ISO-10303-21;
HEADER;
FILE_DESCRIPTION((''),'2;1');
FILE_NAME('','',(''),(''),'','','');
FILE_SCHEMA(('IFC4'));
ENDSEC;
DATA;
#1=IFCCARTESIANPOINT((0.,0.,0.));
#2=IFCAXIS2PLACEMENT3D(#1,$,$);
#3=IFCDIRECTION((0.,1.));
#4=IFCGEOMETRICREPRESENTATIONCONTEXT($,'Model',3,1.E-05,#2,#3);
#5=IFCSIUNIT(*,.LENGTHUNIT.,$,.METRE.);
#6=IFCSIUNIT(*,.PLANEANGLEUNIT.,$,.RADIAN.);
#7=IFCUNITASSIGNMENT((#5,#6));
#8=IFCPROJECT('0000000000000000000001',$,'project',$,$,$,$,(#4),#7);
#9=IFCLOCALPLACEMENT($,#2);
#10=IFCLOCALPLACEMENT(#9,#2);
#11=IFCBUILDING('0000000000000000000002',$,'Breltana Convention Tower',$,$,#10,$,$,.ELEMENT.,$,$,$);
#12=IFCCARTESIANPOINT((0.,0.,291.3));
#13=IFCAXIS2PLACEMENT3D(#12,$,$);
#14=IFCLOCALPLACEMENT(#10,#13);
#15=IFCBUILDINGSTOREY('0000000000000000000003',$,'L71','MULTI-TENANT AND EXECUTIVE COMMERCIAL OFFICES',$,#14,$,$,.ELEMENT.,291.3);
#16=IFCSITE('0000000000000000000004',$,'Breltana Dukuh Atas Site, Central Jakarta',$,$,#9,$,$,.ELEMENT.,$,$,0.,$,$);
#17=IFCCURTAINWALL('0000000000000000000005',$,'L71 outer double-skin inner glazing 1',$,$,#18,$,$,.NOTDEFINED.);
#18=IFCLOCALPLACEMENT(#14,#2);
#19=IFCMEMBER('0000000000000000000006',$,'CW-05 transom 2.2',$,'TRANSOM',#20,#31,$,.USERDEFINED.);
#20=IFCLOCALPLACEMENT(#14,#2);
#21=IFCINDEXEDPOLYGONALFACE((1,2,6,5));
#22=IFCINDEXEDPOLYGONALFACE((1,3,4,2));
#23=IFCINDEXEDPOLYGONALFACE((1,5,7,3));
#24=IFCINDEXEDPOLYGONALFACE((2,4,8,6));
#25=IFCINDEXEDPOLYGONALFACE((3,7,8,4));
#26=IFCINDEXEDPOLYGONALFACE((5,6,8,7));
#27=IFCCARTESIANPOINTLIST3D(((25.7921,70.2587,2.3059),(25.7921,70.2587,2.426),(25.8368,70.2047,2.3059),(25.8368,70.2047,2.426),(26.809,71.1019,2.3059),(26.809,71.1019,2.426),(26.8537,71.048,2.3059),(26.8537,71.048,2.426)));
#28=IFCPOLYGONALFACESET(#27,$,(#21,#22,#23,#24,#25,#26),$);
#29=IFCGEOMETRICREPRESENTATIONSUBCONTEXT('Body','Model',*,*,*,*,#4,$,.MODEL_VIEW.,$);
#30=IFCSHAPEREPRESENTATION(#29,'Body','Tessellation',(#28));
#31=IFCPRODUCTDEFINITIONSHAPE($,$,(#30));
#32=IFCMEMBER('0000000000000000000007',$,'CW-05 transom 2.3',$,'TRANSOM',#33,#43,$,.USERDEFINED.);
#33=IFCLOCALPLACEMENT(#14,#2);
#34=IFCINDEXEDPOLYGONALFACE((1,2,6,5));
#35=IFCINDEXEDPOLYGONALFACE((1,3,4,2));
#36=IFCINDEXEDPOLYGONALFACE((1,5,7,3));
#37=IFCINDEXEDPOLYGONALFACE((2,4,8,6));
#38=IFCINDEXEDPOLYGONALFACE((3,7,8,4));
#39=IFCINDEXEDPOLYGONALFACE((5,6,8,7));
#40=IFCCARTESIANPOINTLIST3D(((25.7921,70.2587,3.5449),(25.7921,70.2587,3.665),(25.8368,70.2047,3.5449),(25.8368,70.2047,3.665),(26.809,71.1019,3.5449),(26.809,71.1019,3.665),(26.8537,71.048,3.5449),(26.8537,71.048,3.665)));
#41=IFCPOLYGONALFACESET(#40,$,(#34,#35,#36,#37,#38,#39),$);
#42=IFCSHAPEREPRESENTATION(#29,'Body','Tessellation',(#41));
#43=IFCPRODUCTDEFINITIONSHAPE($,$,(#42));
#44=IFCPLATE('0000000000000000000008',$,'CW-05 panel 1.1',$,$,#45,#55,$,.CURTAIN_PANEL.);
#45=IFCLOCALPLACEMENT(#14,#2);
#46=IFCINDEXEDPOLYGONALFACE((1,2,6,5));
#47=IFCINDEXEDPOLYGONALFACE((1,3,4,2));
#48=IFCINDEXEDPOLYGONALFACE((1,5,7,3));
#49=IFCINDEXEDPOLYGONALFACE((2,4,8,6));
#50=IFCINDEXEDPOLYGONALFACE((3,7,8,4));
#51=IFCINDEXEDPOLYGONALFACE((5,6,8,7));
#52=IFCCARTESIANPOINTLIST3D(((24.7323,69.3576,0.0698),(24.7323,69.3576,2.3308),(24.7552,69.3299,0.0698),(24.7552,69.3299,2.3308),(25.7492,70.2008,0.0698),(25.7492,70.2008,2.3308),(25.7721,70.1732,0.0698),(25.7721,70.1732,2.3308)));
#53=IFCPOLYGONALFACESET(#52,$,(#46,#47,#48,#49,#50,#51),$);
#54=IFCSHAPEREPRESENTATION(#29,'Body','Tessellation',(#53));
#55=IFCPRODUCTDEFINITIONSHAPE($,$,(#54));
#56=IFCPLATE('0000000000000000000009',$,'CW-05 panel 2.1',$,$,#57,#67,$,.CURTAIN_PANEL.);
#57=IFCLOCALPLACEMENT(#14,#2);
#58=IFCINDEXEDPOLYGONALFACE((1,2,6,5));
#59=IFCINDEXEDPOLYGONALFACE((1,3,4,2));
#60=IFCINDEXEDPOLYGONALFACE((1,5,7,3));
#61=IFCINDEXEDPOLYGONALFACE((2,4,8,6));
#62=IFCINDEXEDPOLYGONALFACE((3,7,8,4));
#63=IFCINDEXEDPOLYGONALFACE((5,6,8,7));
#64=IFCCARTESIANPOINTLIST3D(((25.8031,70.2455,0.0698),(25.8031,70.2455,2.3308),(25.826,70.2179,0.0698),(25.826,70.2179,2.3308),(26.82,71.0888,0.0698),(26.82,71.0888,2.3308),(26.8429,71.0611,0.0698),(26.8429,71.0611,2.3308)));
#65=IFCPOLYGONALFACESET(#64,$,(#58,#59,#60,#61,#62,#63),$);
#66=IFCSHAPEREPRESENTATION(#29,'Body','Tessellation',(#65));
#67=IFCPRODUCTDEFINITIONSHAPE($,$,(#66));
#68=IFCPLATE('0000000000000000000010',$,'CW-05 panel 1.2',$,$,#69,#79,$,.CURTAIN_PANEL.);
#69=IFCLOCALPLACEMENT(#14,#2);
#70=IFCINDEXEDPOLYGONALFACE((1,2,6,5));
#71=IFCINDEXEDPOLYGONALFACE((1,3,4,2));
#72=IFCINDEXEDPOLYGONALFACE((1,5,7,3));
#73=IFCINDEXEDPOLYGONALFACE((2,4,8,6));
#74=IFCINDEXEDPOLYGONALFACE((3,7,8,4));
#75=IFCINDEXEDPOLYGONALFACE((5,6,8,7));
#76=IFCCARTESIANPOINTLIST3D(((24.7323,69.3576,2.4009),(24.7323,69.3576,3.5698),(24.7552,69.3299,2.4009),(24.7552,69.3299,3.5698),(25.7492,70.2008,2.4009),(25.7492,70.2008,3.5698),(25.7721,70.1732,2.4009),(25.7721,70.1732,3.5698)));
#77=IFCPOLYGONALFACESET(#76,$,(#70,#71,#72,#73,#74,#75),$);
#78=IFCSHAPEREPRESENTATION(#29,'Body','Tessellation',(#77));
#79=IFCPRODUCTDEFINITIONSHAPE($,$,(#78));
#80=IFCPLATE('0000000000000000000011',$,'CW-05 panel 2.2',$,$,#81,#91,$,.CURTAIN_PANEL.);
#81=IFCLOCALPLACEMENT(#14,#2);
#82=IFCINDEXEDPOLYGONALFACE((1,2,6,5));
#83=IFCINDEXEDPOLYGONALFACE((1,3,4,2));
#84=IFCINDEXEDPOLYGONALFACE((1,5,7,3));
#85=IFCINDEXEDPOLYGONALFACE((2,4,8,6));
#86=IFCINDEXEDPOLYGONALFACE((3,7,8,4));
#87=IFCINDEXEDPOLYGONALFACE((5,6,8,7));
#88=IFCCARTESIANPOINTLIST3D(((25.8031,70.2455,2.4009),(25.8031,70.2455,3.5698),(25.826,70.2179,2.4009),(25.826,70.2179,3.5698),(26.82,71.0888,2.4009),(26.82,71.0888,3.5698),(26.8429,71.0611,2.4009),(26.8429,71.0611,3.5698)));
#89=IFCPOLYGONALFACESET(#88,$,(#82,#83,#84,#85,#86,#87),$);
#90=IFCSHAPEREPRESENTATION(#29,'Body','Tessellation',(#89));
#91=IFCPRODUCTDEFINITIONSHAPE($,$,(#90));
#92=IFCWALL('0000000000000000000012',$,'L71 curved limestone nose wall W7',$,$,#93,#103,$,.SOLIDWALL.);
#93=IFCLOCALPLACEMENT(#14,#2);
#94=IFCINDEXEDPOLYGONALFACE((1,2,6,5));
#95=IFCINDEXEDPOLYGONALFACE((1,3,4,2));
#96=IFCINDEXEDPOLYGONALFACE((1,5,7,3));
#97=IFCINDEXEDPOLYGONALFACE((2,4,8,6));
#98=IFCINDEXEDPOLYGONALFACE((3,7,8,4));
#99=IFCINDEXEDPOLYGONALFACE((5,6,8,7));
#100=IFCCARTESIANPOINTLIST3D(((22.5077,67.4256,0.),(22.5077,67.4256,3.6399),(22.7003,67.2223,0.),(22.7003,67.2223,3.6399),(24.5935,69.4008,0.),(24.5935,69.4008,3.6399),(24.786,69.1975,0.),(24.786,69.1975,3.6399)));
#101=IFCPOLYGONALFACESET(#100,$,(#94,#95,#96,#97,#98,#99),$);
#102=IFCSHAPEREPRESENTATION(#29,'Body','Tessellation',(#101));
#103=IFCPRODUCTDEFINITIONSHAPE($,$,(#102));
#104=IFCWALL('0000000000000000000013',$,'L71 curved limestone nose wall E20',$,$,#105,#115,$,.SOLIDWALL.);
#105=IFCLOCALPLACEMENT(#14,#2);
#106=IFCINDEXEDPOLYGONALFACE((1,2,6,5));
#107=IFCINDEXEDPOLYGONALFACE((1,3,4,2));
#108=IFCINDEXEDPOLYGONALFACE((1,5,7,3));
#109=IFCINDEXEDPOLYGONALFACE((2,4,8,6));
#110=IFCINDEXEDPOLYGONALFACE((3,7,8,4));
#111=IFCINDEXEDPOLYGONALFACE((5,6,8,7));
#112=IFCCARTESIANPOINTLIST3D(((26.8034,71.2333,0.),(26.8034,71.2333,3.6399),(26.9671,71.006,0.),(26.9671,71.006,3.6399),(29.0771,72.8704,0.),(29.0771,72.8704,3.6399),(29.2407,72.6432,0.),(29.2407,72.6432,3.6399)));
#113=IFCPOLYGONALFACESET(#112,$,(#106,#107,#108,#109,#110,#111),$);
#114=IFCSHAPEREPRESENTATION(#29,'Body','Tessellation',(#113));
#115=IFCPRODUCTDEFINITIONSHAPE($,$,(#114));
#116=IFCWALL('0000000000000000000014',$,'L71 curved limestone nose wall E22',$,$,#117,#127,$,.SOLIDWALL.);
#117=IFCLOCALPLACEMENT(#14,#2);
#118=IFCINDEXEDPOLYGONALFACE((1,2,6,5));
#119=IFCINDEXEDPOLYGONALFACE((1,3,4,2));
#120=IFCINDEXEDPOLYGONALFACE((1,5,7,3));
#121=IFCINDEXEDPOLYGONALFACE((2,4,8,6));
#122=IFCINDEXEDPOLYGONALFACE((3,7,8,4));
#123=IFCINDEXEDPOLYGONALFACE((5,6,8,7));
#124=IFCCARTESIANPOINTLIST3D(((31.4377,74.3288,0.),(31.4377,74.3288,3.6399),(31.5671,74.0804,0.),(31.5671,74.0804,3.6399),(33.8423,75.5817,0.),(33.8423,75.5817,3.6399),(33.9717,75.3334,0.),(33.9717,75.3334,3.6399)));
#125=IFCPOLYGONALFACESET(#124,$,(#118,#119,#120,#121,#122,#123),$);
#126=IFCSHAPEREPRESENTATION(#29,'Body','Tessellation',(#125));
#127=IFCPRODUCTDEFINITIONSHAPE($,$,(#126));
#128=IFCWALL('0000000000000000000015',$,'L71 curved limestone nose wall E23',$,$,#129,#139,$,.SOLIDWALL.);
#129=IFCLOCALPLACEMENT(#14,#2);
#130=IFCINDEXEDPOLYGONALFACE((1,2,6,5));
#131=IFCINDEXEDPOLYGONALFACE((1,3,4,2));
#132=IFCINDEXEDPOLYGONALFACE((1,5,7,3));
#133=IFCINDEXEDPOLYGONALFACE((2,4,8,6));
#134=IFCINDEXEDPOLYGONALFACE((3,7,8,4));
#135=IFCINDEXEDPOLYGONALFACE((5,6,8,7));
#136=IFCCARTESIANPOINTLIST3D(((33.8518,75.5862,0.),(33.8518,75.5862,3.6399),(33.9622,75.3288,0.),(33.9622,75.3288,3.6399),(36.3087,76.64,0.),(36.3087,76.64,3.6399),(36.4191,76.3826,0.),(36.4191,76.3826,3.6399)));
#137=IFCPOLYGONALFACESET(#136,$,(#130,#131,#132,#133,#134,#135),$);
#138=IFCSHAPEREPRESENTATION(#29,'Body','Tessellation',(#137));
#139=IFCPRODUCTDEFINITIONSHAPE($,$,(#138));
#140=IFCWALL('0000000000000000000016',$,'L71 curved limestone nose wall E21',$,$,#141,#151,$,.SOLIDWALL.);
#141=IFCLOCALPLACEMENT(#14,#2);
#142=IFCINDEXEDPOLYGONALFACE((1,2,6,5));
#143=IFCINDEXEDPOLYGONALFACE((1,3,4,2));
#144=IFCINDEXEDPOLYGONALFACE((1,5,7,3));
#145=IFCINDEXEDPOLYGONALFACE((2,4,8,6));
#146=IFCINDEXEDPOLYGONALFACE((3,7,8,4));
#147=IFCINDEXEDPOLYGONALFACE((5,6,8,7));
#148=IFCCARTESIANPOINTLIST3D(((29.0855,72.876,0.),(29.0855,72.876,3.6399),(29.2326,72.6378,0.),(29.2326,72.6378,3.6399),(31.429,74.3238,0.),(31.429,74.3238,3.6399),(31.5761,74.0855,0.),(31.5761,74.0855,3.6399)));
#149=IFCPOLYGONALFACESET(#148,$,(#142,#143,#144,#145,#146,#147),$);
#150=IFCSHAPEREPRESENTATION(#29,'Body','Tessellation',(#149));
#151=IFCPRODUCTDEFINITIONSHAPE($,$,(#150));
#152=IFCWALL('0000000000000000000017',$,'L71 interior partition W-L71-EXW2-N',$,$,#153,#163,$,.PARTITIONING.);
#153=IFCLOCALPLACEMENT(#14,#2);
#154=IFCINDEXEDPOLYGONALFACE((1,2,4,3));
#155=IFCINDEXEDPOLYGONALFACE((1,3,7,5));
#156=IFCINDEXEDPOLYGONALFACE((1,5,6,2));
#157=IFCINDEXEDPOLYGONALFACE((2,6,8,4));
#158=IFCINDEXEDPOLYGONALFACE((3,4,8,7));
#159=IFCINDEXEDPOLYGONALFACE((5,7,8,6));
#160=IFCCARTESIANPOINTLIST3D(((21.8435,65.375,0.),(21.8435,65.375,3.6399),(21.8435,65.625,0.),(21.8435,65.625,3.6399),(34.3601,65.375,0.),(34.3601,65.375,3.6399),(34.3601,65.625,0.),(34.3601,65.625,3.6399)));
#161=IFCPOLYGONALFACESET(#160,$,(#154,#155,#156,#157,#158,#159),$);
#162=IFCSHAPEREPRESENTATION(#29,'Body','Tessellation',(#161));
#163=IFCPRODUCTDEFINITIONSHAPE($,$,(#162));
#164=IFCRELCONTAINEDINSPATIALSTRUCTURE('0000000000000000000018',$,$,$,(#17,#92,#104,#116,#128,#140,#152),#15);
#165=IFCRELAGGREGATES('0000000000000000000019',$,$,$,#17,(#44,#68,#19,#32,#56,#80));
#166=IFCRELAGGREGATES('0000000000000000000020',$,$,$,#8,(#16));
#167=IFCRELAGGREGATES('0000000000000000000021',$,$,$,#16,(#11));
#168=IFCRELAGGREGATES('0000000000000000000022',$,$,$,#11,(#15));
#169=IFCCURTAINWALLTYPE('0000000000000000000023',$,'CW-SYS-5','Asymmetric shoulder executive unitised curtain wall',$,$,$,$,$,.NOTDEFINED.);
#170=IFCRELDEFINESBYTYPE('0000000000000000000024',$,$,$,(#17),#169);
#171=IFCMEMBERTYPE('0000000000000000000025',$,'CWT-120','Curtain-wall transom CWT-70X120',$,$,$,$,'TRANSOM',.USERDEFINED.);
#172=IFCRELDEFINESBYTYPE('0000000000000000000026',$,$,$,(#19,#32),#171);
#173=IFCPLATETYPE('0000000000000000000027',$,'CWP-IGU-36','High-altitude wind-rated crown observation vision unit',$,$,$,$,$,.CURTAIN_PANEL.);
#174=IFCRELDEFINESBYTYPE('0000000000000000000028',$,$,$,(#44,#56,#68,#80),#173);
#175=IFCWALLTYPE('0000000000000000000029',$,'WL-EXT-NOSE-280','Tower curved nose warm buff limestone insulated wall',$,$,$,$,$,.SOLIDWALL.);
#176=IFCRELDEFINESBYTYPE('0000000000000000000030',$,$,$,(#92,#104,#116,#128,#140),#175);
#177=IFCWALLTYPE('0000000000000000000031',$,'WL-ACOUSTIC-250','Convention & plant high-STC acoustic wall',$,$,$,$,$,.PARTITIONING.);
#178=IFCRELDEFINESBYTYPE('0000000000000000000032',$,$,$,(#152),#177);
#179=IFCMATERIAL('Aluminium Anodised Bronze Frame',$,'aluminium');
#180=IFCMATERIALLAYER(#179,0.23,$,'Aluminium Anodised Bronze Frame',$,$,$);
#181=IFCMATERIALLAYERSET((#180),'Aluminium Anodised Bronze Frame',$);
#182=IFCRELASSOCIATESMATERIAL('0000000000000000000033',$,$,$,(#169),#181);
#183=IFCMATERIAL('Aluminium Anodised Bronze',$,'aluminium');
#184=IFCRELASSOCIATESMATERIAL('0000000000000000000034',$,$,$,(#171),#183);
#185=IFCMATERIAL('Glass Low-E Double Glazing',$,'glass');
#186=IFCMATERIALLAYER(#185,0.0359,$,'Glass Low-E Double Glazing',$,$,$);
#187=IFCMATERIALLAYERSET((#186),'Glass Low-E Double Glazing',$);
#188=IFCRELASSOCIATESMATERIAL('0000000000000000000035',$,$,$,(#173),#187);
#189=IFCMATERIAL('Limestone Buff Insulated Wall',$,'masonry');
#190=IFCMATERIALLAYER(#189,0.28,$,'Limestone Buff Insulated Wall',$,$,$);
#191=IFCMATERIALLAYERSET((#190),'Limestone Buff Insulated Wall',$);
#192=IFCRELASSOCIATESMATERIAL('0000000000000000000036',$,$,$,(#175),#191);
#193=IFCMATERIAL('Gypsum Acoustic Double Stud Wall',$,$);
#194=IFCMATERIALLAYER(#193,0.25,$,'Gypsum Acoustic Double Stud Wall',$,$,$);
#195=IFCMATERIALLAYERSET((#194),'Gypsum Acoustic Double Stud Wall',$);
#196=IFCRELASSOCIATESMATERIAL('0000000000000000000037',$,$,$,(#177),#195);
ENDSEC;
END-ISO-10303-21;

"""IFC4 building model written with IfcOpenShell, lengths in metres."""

from ifc_helpers import new_model, si_unit, direction, frame, frame_2d, origin, origin_2d, place, context, subcontext, project, spatial, rectangle, extrude, source, transform, mapped, material, layer, layer_set, material_profile, profile_set, type_object, element, aggregate, save


model = new_model("IFC4")

# Units and contexts
model_context = context("Model", 3, precision=1e-05, world=origin(), true_north=direction((0.0, 1.0)))
body_context = subcontext(model_context, "Body", "Model", "MODEL_VIEW")
ifc_project = project(units=[si_unit("LENGTHUNIT", "METRE"), si_unit("PLANEANGLEUNIT", "RADIAN")], contexts=[model_context])

# Site, building, storey
site_placement = place(None, origin())
site = spatial("IfcSite", under=ifc_project, at=site_placement, Name="Breltana Dukuh Atas Site, Central Jakarta", CompositionType="ELEMENT", RefElevation=0.0)
building_placement = place(site_placement, origin())
building = spatial("IfcBuilding", under=site, at=building_placement, Name="Breltana Convention Tower", CompositionType="ELEMENT")
storey_placement = place(building_placement, frame((0.0, 0.0, 291.3)))
storey = spatial("IfcBuildingStorey", under=building, at=storey_placement, Name="L71", Description="MULTI-TENANT AND EXECUTIVE COMMERCIAL OFFICES", CompositionType="ELEMENT", Elevation=291.3)

# Curtain wall
ifc_material_1 = material(Name="Aluminium Anodised Bronze Frame", Category="aluminium")
ifc_layer_1 = layer(ifc_material_1, 0.23, Name="Aluminium Anodised Bronze Frame")
ifc_layer_set_1 = layer_set([ifc_layer_1], Name="Aluminium Anodised Bronze Frame")
curtain_wall_type = type_object("IfcCurtainWallType", Name="CW-SYS-5", Description="Asymmetric shoulder executive unitised curtain wall", PredefinedType="NOTDEFINED", material=ifc_layer_set_1)
curtain_wall_1_placement = place(storey_placement, origin())
curtain_wall_1 = element("IfcCurtainWall", 1, at=curtain_wall_1_placement, inside=storey, type_object=curtain_wall_type, Name="L71 outer double-skin inner glazing 1", PredefinedType="NOTDEFINED")
ifc_material_2 = material(Name="Aluminium Anodised Bronze", Category="aluminium")

# Members
ifc_material_profile_1 = material_profile(ifc_material_2, rectangle(XDim=0.0701, YDim=0.1201, at=origin_2d()), Name="CWT-70X120")
ifc_profile_set_1 = profile_set([ifc_material_profile_1], Name="Aluminium Anodised Bronze")
member_type_1 = type_object("IfcMemberType", Name="CWT-120", Description="Curtain-wall transom CWT-70X120", ElementType="TRANSOM", PredefinedType="USERDEFINED", material=ifc_profile_set_1)
shared_shape_1 = source(origin(), body_context, "Body", "SweptSolid", [
    extrude(rectangle(XDim=0.0701, YDim=0.1201, at=origin_2d()), origin(), (0.0, 0.0, 1.0), 1.321),
])
member_1_placement = place(storey_placement, frame((25.8145, 70.2317, 2.366), z_axis=(0.769749, 0.638347, 0.0), x_axis=(-0.638347, 0.769749, 0.0)))
member_1 = element("IfcMember", 2, at=member_1_placement, type_object=member_type_1, Name="CW-05 transom 2.2", ObjectType="TRANSOM", PredefinedType="USERDEFINED", context=body_context, shape_type="MappedRepresentation", body=[
    mapped(shared_shape_1, transform((0.0, 0.0, 0.0), scale=1.0)),
])
member_2_placement = place(storey_placement, frame((25.8145, 70.2317, 3.605), z_axis=(0.769749, 0.638347, 0.0), x_axis=(-0.638347, 0.769749, 0.0)))
member_2 = element("IfcMember", 3, at=member_2_placement, type_object=member_type_1, Name="CW-05 transom 2.3", ObjectType="TRANSOM", PredefinedType="USERDEFINED", context=body_context, shape_type="MappedRepresentation", body=[
    mapped(shared_shape_1, transform((0.0, 0.0, 0.0), scale=1.0)),
])

# Plates
ifc_material_3 = material(Name="Glass Low-E Double Glazing", Category="glass")
ifc_layer_2 = layer(ifc_material_3, 0.0359, Name="Glass Low-E Double Glazing")
ifc_layer_set_2 = layer_set([ifc_layer_2], Name="Glass Low-E Double Glazing")
plate_type = type_object("IfcPlateType", Name="CWP-IGU-36", Description="High-altitude wind-rated crown observation vision unit", PredefinedType="CURTAIN_PANEL", material=ifc_layer_set_2)
shared_shape_2 = source(origin(), body_context, "Body", "SweptSolid", [
    extrude(rectangle(XDim=1.321, YDim=0.0359, at=origin_2d()), origin(), (0.0, 0.0, 1.0), 2.261),
])
plate_1_placement = place(storey_placement, frame((25.2522, 69.7654, 0.0698), z_axis=(0.0, 0.0, 1.0), x_axis=(0.769771, 0.63832, 0.0)))
plate_1 = element("IfcPlate", 4, at=plate_1_placement, type_object=plate_type, Name="CW-05 panel 1.1", PredefinedType="CURTAIN_PANEL", context=body_context, shape_type="MappedRepresentation", body=[
    mapped(shared_shape_2, transform((0.0, 0.0, 0.0), scale=1.0)),
])
plate_2_placement = place(storey_placement, frame((26.323, 70.6533, 0.0698), z_axis=(0.0, 0.0, 1.0), x_axis=(0.769771, 0.63832, 0.0)))
plate_2 = element("IfcPlate", 5, at=plate_2_placement, type_object=plate_type, Name="CW-05 panel 2.1", PredefinedType="CURTAIN_PANEL", context=body_context, shape_type="MappedRepresentation", body=[
    mapped(shared_shape_2, transform((0.0, 0.0, 0.0), scale=1.0)),
])
shared_shape_3 = source(origin(), body_context, "Body", "SweptSolid", [
    extrude(rectangle(XDim=1.321, YDim=0.0359, at=origin_2d()), origin(), (0.0, 0.0, 1.0), 1.1689),
])
plate_3_placement = place(storey_placement, frame((25.2522, 69.7654, 2.4009), z_axis=(0.0, 0.0, 1.0), x_axis=(0.769771, 0.63832, 0.0)))
plate_3 = element("IfcPlate", 6, at=plate_3_placement, type_object=plate_type, Name="CW-05 panel 1.2", PredefinedType="CURTAIN_PANEL", context=body_context, shape_type="MappedRepresentation", body=[
    mapped(shared_shape_3, transform((0.0, 0.0, 0.0), scale=1.0)),
])
plate_4_placement = place(storey_placement, frame((26.323, 70.6533, 2.4009), z_axis=(0.0, 0.0, 1.0), x_axis=(0.769771, 0.63832, 0.0)))
plate_4 = element("IfcPlate", 7, at=plate_4_placement, type_object=plate_type, Name="CW-05 panel 2.2", PredefinedType="CURTAIN_PANEL", context=body_context, shape_type="MappedRepresentation", body=[
    mapped(shared_shape_3, transform((0.0, 0.0, 0.0), scale=1.0)),
])
aggregate(curtain_wall_1, [plate_1, plate_3, member_1, member_2, plate_2, plate_4])

# Walls
ifc_material_4 = material(Name="Limestone Buff Insulated Wall", Category="masonry")
ifc_layer_3 = layer(ifc_material_4, 0.28, Name="Limestone Buff Insulated Wall")
ifc_layer_set_3 = layer_set([ifc_layer_3], Name="Limestone Buff Insulated Wall")
wall_type_1 = type_object("IfcWallType", Name="WL-EXT-NOSE-280", Description="Tower curved nose warm buff limestone insulated wall", PredefinedType="SOLIDWALL", material=ifc_layer_set_3)
shared_shape_4 = source(origin(), body_context, "Body", "SweptSolid", [
    extrude(rectangle(XDim=2.8726, YDim=0.28, at=frame_2d((1.4363, 0.0))), origin(), (0.0, 0.0, 1.0), 3.6399),
])
wall_1_placement = place(storey_placement, frame((22.604, 67.324, 0.0), z_axis=(0.0, 0.0, 1.0), x_axis=(0.726096, 0.687594, 0.0)))
element("IfcWall", 8, at=wall_1_placement, inside=storey, type_object=wall_type_1, Name="L71 curved limestone nose wall W7", PredefinedType="SOLIDWALL", context=body_context, shape_type="MappedRepresentation", body=[
    mapped(shared_shape_4, transform((0.0, 0.0, 0.0), scale=1.0)),
])
shared_shape_5 = source(origin(), body_context, "Body", "SweptSolid", [
    extrude(rectangle(XDim=2.8018, YDim=0.28, at=frame_2d((1.4009, 0.0))), origin(), (0.0, 0.0, 1.0), 3.6399),
])
wall_2_placement = place(storey_placement, frame((26.8853, 71.1196, 0.0), z_axis=(0.0, 0.0, 1.0), x_axis=(0.811508, 0.584341, 0.0)))
element("IfcWall", 9, at=wall_2_placement, inside=storey, type_object=wall_type_1, Name="L71 curved limestone nose wall E20", PredefinedType="SOLIDWALL", context=body_context, shape_type="MappedRepresentation", body=[
    mapped(shared_shape_5, transform((0.0, 0.0, 0.0), scale=1.0)),
])
shared_shape_6 = source(origin(), body_context, "Body", "SweptSolid", [
    extrude(rectangle(XDim=2.7114, YDim=0.28, at=frame_2d((1.3557, 0.0))), origin(), (0.0, 0.0, 1.0), 3.6399),
])
wall_3_placement = place(storey_placement, frame((31.5024, 74.2046, 0.0), z_axis=(0.0, 0.0, 1.0), x_axis=(0.886829, 0.462098, 0.0)))
element("IfcWall", 10, at=wall_3_placement, inside=storey, type_object=wall_type_1, Name="L71 curved limestone nose wall E22", PredefinedType="SOLIDWALL", context=body_context, shape_type="MappedRepresentation", body=[
    mapped(shared_shape_6, transform((0.0, 0.0, 0.0), scale=1.0)),
])
shared_shape_7 = source(origin(), body_context, "Body", "SweptSolid", [
    extrude(rectangle(XDim=2.6733, YDim=0.28, at=frame_2d((1.3367, 0.0))), origin(), (0.0, 0.0, 1.0), 3.6399),
])
wall_4_placement = place(storey_placement, frame((33.907, 75.4575, 0.0), z_axis=(0.0, 0.0, 1.0), x_axis=(0.919036, 0.394173, 0.0)))
element("IfcWall", 11, at=wall_4_placement, inside=storey, type_object=wall_type_1, Name="L71 curved limestone nose wall E23", PredefinedType="SOLIDWALL", context=body_context, shape_type="MappedRepresentation", body=[
    mapped(shared_shape_7, transform((0.0, 0.0, 0.0), scale=1.0)),
])
shared_shape_8 = source(origin(), body_context, "Body", "SweptSolid", [
    extrude(rectangle(XDim=2.7546, YDim=0.28, at=frame_2d((1.3774, 0.0))), origin(), (0.0, 0.0, 1.0), 3.6399),
])
wall_5_placement = place(storey_placement, frame((29.1589, 72.7568, 0.0), z_axis=(0.0, 0.0, 1.0), x_axis=(0.85075, 0.52557, 0.0)))
element("IfcWall", 12, at=wall_5_placement, inside=storey, type_object=wall_type_1, Name="L71 curved limestone nose wall E21", PredefinedType="SOLIDWALL", context=body_context, shape_type="MappedRepresentation", body=[
    mapped(shared_shape_8, transform((0.0, 0.0, 0.0), scale=1.0)),
])
ifc_material_5 = material(Name="Gypsum Acoustic Double Stud Wall")
ifc_layer_4 = layer(ifc_material_5, 0.25, Name="Gypsum Acoustic Double Stud Wall")
ifc_layer_set_4 = layer_set([ifc_layer_4], Name="Gypsum Acoustic Double Stud Wall")
wall_type_2 = type_object("IfcWallType", Name="WL-ACOUSTIC-250", Description="Convention & plant high-STC acoustic wall", PredefinedType="PARTITIONING", material=ifc_layer_set_4)
shared_shape_9 = source(origin(), body_context, "Body", "SweptSolid", [
    extrude(rectangle(XDim=12.5166, YDim=0.25, at=frame_2d((6.2583, 0.0))), origin(), (0.0, 0.0, 1.0), 3.6399),
])
wall_6_placement = place(storey_placement, frame((21.8435, 65.5, 0.0), z_axis=(0.0, 0.0, 1.0), x_axis=(1.0, 0.0, 0.0)))
element("IfcWall", 13, at=wall_6_placement, inside=storey, type_object=wall_type_2, Name="L71 interior partition W-L71-EXW2-N", PredefinedType="PARTITIONING", context=body_context, shape_type="MappedRepresentation", body=[
    mapped(shared_shape_9, transform((0.0, 0.0, 0.0), scale=1.0)),
])

save(model, "model.ifc")
